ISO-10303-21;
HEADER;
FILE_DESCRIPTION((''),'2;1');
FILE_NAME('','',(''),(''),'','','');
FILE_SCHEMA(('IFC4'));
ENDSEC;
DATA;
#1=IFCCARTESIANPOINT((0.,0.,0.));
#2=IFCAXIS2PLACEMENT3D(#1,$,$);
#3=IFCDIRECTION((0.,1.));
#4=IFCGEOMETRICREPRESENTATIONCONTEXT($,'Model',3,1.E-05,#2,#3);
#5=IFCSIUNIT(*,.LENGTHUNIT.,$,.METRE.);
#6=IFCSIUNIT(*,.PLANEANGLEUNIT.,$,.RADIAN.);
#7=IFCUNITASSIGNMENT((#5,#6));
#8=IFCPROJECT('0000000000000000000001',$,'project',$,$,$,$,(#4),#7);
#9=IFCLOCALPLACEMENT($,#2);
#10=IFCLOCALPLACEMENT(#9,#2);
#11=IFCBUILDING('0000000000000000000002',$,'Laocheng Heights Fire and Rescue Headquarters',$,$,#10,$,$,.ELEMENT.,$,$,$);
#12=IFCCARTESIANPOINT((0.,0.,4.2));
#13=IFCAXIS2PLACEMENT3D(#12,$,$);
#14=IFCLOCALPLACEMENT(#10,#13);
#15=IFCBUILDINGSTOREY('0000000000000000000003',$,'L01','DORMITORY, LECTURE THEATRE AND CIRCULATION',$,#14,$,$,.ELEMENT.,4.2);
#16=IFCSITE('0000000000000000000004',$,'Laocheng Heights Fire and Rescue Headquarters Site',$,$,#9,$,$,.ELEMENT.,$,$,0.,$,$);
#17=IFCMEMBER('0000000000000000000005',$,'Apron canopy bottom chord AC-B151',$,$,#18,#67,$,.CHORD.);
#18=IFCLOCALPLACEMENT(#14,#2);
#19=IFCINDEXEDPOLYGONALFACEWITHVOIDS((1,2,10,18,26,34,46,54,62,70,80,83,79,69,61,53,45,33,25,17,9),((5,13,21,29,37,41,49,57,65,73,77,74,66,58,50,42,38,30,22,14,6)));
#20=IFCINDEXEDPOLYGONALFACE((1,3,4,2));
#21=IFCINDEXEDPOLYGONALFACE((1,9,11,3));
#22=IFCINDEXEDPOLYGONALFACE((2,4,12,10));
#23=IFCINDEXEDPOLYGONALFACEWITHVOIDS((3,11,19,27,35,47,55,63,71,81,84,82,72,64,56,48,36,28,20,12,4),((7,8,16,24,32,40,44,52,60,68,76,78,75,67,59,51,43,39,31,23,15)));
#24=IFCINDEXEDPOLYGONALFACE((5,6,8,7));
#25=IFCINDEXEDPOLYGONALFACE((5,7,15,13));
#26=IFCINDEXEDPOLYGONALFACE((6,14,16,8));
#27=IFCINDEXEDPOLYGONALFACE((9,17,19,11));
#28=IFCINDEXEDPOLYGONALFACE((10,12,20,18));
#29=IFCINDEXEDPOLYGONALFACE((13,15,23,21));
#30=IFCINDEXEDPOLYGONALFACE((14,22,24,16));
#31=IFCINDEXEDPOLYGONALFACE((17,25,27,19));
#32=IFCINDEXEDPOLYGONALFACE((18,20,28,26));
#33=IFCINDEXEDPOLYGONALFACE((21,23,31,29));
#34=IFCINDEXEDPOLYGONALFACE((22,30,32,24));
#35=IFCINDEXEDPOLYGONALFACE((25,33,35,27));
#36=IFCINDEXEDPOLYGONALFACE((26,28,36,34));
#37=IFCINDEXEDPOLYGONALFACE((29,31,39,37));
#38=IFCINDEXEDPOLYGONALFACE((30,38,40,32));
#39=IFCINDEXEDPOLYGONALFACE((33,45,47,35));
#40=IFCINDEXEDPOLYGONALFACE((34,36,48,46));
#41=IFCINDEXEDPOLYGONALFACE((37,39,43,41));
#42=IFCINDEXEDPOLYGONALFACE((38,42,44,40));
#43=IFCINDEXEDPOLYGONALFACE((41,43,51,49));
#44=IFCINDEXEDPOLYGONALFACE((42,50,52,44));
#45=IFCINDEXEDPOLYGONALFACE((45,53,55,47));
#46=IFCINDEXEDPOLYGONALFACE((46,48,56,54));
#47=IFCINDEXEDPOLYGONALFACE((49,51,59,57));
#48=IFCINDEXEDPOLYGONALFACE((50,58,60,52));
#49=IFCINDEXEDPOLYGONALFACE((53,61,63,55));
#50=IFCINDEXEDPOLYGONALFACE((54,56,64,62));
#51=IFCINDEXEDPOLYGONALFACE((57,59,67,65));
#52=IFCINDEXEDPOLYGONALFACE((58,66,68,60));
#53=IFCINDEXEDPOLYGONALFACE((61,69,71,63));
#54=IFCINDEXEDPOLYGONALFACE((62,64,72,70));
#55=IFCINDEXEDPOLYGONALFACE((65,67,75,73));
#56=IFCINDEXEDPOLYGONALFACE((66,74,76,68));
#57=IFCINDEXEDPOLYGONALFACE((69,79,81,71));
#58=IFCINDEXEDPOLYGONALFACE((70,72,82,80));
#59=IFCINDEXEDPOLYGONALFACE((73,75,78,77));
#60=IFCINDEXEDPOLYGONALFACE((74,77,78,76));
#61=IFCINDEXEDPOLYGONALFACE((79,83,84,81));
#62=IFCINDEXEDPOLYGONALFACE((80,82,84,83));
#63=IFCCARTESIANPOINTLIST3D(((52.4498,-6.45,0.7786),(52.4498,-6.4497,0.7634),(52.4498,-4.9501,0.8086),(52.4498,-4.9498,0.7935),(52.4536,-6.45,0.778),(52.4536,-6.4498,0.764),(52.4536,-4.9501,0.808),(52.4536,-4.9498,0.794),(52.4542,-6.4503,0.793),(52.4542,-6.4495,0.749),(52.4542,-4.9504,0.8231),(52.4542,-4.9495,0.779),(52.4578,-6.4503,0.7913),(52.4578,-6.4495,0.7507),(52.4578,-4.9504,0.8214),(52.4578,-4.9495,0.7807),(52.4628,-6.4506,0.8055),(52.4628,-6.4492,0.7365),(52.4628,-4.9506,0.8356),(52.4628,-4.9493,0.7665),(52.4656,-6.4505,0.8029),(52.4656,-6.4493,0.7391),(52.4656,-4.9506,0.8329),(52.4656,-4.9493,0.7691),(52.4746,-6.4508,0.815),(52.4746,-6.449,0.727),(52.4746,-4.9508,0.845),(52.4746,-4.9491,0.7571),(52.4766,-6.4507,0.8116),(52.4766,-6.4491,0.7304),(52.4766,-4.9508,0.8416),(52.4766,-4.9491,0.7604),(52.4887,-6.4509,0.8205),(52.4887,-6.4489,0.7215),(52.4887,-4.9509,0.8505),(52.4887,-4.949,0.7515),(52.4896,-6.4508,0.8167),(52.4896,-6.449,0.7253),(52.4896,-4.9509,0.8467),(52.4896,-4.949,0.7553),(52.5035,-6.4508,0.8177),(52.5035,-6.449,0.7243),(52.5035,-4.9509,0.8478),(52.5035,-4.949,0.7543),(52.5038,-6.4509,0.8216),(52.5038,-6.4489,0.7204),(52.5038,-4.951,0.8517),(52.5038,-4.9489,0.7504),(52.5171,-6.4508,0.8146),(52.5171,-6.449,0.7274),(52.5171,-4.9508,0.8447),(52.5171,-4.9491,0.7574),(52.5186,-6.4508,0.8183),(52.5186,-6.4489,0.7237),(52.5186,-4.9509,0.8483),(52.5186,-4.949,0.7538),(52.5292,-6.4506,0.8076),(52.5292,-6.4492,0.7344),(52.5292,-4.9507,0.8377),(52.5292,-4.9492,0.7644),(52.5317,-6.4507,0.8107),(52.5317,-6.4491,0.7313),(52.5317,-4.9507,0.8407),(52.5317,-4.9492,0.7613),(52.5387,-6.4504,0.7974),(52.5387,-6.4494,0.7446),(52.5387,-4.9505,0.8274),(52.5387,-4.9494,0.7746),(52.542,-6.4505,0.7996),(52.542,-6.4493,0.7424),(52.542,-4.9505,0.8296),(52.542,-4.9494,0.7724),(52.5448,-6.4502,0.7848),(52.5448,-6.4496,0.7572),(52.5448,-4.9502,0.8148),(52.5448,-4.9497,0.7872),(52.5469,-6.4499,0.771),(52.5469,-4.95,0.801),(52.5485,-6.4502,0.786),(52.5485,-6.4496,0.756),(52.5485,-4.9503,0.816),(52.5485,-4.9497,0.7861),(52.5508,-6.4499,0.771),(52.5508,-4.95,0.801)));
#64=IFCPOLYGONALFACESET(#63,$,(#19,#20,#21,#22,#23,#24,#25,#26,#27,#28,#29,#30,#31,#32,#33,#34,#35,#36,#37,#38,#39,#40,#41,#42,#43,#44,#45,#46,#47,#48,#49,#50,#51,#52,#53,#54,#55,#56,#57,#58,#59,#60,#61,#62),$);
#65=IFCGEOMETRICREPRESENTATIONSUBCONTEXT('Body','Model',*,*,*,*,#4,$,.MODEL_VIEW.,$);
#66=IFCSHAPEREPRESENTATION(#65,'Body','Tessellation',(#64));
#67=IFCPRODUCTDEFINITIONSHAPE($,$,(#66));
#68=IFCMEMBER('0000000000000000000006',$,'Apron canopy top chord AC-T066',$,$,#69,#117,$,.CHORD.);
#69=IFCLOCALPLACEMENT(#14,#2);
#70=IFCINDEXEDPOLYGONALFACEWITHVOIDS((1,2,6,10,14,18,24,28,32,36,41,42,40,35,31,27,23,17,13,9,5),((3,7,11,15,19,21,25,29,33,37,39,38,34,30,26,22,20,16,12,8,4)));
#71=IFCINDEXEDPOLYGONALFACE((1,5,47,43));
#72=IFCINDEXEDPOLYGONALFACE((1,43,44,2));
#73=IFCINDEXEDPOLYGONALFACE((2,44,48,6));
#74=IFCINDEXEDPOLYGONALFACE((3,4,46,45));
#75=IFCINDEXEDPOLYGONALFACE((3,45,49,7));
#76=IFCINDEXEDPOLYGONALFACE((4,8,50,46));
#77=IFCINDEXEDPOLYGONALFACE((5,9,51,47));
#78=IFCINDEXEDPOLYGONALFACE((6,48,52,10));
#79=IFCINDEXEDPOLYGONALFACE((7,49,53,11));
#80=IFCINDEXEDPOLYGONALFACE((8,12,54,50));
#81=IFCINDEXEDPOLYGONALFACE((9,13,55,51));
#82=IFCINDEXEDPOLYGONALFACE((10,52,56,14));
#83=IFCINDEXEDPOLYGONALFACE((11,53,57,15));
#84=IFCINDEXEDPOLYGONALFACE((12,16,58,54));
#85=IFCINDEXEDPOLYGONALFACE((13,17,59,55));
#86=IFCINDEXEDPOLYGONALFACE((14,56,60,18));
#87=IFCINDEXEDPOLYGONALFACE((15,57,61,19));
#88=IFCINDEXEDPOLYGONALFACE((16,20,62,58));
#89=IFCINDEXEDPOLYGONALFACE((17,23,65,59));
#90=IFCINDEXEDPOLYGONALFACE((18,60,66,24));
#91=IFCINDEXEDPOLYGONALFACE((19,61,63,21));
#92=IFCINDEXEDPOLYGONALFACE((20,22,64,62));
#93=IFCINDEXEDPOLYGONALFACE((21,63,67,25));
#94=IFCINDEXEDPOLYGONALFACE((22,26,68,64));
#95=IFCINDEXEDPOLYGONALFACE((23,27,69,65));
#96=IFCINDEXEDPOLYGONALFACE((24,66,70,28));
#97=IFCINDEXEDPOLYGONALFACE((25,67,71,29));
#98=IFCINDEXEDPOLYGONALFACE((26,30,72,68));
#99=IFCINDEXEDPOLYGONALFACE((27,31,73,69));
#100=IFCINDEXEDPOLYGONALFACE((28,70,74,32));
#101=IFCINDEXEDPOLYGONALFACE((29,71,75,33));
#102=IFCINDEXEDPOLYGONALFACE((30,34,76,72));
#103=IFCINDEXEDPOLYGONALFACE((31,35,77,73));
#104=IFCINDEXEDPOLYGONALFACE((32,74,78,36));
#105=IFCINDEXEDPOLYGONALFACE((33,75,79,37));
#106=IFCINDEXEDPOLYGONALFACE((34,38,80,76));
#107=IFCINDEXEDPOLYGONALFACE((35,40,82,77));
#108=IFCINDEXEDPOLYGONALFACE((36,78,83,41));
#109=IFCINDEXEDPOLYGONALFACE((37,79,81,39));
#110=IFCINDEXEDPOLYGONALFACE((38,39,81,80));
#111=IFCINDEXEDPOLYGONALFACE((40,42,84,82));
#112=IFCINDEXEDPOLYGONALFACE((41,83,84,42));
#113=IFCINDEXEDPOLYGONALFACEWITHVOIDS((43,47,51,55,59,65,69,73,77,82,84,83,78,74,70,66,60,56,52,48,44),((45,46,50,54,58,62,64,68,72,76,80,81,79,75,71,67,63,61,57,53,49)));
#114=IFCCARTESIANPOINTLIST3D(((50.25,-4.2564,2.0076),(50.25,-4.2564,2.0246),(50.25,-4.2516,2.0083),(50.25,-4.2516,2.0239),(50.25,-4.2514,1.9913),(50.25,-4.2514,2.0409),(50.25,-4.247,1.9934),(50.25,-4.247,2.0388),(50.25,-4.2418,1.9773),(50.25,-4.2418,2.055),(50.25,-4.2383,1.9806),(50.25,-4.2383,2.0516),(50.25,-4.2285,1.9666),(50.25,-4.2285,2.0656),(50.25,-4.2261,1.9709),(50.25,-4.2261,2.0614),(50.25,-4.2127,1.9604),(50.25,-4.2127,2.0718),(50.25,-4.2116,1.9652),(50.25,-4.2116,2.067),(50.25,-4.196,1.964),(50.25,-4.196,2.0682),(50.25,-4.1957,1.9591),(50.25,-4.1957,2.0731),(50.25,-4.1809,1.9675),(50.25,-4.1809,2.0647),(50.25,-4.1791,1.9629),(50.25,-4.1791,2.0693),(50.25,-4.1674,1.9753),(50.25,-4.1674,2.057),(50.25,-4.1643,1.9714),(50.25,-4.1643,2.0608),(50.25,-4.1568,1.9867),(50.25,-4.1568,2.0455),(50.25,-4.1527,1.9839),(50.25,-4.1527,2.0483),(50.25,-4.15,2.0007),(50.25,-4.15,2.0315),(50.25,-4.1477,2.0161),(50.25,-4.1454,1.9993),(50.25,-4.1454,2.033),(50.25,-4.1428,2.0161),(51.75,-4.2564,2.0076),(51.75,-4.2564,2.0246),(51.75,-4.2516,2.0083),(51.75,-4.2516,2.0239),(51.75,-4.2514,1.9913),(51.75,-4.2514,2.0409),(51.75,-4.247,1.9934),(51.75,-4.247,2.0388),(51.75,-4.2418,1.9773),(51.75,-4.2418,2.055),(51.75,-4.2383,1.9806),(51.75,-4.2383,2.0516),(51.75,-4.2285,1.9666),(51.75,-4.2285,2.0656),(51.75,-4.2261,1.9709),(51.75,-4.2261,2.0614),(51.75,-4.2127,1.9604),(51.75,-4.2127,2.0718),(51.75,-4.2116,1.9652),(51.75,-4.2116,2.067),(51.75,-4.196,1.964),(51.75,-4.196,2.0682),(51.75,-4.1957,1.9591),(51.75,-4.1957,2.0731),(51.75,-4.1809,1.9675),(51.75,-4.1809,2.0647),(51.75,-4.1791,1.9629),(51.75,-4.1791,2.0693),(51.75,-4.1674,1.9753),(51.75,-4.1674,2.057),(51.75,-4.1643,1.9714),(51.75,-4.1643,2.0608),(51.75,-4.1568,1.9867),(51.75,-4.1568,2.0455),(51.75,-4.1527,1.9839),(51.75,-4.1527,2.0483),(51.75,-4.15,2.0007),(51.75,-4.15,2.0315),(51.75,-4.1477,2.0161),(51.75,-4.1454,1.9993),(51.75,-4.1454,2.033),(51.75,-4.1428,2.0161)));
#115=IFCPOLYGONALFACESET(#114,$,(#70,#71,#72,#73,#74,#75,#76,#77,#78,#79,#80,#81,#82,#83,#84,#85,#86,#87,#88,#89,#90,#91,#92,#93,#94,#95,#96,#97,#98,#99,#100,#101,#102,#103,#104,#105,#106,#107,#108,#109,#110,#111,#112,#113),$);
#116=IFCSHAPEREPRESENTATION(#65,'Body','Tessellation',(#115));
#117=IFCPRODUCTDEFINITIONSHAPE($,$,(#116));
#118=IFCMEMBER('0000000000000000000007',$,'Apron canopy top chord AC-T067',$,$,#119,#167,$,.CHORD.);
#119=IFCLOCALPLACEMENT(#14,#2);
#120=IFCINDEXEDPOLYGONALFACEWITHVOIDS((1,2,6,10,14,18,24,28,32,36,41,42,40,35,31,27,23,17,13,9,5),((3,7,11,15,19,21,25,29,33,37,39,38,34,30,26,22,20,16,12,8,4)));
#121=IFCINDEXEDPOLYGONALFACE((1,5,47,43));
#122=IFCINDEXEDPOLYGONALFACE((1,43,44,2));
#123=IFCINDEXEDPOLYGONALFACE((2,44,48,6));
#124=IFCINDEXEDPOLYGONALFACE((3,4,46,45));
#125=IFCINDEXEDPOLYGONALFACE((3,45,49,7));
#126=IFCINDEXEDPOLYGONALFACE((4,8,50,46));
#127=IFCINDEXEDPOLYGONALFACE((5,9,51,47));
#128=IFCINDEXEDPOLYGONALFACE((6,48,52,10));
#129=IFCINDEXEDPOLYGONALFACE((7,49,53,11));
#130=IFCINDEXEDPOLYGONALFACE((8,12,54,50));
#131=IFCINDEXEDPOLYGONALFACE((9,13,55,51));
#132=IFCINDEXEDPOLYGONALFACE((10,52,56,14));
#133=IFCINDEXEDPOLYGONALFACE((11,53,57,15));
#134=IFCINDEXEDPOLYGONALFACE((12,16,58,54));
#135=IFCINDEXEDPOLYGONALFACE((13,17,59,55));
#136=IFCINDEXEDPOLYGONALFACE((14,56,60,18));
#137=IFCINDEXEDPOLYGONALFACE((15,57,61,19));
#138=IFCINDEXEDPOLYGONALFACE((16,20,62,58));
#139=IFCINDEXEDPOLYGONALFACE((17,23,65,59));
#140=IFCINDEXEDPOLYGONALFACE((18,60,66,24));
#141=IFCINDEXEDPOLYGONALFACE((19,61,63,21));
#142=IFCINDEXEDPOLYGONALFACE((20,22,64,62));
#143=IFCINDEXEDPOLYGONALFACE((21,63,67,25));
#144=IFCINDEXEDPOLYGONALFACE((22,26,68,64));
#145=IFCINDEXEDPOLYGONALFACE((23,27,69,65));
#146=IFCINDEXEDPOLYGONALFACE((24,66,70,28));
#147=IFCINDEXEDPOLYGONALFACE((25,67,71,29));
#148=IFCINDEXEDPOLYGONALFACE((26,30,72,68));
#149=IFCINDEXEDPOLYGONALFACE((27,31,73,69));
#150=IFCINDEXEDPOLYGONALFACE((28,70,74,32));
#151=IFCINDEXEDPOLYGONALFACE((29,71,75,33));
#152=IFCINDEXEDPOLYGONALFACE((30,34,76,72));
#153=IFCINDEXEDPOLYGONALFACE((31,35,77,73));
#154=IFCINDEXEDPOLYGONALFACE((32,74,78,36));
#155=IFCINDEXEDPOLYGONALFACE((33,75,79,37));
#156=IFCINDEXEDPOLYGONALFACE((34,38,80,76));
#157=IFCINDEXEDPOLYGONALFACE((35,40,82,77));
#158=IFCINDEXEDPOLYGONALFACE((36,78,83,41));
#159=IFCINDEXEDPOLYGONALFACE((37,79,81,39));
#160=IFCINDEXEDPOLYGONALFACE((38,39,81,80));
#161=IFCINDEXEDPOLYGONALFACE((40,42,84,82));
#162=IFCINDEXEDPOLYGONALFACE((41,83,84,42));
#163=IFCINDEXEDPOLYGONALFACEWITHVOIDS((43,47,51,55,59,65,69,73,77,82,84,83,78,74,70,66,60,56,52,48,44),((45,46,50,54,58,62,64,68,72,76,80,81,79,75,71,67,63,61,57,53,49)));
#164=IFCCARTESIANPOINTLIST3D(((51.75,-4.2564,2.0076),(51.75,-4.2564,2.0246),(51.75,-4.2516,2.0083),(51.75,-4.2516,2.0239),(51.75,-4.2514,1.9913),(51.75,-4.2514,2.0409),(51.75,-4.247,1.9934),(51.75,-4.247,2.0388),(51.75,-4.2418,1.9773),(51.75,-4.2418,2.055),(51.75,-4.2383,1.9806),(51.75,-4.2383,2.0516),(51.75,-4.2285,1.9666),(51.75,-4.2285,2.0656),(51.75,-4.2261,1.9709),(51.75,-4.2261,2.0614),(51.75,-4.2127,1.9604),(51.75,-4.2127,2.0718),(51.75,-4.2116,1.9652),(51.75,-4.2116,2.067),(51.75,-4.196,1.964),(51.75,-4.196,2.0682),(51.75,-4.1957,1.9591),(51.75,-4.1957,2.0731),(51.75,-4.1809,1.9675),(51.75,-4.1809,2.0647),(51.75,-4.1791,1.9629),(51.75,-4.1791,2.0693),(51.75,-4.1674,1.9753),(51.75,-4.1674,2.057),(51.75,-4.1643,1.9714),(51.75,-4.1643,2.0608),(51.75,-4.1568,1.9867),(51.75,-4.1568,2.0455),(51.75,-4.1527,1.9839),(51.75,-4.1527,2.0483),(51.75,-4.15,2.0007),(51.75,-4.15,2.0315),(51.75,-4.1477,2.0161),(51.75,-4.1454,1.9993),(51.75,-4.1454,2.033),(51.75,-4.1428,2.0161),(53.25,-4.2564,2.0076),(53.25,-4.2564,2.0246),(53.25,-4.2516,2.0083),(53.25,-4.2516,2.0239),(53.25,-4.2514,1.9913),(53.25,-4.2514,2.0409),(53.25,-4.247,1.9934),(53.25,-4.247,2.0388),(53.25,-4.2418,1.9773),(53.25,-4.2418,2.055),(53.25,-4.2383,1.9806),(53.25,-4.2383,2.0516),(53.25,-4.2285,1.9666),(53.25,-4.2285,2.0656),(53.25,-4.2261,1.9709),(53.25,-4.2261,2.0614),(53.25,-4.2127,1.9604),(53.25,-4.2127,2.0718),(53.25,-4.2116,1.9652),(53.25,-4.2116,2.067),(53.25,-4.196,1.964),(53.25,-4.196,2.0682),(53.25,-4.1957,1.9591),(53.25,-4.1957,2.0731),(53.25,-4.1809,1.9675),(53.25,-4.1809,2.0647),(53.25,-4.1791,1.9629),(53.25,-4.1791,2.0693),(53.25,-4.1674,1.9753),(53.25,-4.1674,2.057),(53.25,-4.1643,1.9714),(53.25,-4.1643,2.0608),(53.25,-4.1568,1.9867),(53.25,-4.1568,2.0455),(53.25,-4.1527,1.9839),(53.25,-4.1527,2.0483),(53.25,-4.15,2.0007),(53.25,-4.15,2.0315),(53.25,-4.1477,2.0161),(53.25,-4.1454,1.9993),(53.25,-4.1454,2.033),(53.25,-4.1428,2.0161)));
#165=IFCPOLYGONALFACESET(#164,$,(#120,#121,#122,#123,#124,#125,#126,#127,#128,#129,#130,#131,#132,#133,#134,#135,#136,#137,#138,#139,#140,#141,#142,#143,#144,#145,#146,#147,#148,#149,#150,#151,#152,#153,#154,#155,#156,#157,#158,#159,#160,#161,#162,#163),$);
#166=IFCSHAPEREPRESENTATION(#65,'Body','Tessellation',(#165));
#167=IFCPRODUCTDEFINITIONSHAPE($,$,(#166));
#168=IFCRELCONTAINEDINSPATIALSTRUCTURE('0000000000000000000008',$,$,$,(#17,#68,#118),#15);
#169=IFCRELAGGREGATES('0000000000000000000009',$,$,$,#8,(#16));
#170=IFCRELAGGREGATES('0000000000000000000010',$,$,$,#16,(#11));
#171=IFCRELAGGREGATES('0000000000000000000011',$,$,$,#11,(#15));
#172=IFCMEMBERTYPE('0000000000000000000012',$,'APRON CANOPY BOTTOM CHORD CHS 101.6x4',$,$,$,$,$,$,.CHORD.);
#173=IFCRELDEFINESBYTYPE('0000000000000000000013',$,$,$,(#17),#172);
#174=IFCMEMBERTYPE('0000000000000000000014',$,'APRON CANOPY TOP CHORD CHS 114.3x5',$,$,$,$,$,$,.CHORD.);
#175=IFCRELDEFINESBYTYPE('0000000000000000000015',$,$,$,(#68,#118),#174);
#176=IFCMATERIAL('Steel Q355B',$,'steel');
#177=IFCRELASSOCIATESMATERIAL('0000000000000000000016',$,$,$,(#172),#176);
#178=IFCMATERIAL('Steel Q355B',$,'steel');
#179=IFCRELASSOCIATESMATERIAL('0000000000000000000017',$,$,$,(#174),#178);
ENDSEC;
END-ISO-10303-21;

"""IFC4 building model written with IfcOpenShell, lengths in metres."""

from ifc_helpers import new_model, si_unit, direction, frame, origin, origin_2d, place, context, subcontext, project, spatial, hollow_circle, extrude, material, material_profile, profile_set, type_object, element, save


model = new_model("IFC4")

# Units and contexts
model_context = context("Model", 3, precision=1e-05, world=origin(), true_north=direction((0.0, 1.0)))
body_context = subcontext(model_context, "Body", "Model", "MODEL_VIEW")
ifc_project = project(units=[si_unit("LENGTHUNIT", "METRE"), si_unit("PLANEANGLEUNIT", "RADIAN")], contexts=[model_context])

# Site, building, storey
site_placement = place(None, origin())
site = spatial("IfcSite", under=ifc_project, at=site_placement, Name="Laocheng Heights Fire and Rescue Headquarters Site", CompositionType="ELEMENT", RefElevation=0.0)
building_placement = place(site_placement, origin())
building = spatial("IfcBuilding", under=site, at=building_placement, Name="Laocheng Heights Fire and Rescue Headquarters", CompositionType="ELEMENT")
storey_placement = place(building_placement, frame((0.0, 0.0, 4.2)))
storey = spatial("IfcBuildingStorey", under=building, at=storey_placement, Name="L01", Description="DORMITORY, LECTURE THEATRE AND CIRCULATION", CompositionType="ELEMENT", Elevation=4.2)

# Members
ifc_material_1 = material(Name="Steel Q355B", Category="steel")
ifc_material_profile_1 = material_profile(ifc_material_1, hollow_circle(Radius=0.0508, WallThickness=0.0039, at=origin_2d()), Name="CHS 101.6x4")
ifc_profile_set_1 = profile_set([ifc_material_profile_1], Name="Steel Q355B")
member_type_1 = type_object("IfcMemberType", Name="APRON CANOPY BOTTOM CHORD CHS 101.6x4", PredefinedType="CHORD", material=ifc_profile_set_1)
for number, where, z_axis, x_axis, name in (
    (1, (52.5, -4.95, 0.801), (0.0, -0.9998, -0.020016), (1.0, 0.0, 0.0), "Apron canopy bottom chord AC-B151"),
):
    element("IfcMember", number, at=place(storey_placement, frame(where, z_axis=z_axis, x_axis=x_axis)), inside=storey, type_object=member_type_1, Name=name, PredefinedType="CHORD", context=body_context, shape_type="SweptSolid", body=[
        extrude(hollow_circle(Radius=0.0508, WallThickness=0.0039, at=origin_2d()), origin(), (0.0, 0.0, 1.0), 1.5002),
    ])
ifc_material_2 = material(Name="Steel Q355B", Category="steel")
ifc_material_profile_2 = material_profile(ifc_material_2, hollow_circle(Radius=0.0571, WallThickness=0.0049, at=origin_2d()), Name="CHS 114.3x5")
ifc_profile_set_2 = profile_set([ifc_material_profile_2], Name="Steel Q355B")
member_type_2 = type_object("IfcMemberType", Name="APRON CANOPY TOP CHORD CHS 114.3x5", PredefinedType="CHORD", material=ifc_profile_set_2)
for number, where, z_axis, x_axis, name in (
    (2, (50.25, -4.2, 2.0161), (1.0, 0.0, 0.0), (0.0, 1.0, 0.0), "Apron canopy top chord AC-T066"),
    (3, (51.75, -4.2, 2.0161), (1.0, 0.0, 0.0), (0.0, 1.0, 0.0), "Apron canopy top chord AC-T067"),
):
    element("IfcMember", number, at=place(storey_placement, frame(where, z_axis=z_axis, x_axis=x_axis)), inside=storey, type_object=member_type_2, Name=name, PredefinedType="CHORD", context=body_context, shape_type="SweptSolid", body=[
        extrude(hollow_circle(Radius=0.0571, WallThickness=0.0049, at=origin_2d()), origin(), (0.0, 0.0, 1.0), 1.5),
    ])

save(model, "model.ifc")
